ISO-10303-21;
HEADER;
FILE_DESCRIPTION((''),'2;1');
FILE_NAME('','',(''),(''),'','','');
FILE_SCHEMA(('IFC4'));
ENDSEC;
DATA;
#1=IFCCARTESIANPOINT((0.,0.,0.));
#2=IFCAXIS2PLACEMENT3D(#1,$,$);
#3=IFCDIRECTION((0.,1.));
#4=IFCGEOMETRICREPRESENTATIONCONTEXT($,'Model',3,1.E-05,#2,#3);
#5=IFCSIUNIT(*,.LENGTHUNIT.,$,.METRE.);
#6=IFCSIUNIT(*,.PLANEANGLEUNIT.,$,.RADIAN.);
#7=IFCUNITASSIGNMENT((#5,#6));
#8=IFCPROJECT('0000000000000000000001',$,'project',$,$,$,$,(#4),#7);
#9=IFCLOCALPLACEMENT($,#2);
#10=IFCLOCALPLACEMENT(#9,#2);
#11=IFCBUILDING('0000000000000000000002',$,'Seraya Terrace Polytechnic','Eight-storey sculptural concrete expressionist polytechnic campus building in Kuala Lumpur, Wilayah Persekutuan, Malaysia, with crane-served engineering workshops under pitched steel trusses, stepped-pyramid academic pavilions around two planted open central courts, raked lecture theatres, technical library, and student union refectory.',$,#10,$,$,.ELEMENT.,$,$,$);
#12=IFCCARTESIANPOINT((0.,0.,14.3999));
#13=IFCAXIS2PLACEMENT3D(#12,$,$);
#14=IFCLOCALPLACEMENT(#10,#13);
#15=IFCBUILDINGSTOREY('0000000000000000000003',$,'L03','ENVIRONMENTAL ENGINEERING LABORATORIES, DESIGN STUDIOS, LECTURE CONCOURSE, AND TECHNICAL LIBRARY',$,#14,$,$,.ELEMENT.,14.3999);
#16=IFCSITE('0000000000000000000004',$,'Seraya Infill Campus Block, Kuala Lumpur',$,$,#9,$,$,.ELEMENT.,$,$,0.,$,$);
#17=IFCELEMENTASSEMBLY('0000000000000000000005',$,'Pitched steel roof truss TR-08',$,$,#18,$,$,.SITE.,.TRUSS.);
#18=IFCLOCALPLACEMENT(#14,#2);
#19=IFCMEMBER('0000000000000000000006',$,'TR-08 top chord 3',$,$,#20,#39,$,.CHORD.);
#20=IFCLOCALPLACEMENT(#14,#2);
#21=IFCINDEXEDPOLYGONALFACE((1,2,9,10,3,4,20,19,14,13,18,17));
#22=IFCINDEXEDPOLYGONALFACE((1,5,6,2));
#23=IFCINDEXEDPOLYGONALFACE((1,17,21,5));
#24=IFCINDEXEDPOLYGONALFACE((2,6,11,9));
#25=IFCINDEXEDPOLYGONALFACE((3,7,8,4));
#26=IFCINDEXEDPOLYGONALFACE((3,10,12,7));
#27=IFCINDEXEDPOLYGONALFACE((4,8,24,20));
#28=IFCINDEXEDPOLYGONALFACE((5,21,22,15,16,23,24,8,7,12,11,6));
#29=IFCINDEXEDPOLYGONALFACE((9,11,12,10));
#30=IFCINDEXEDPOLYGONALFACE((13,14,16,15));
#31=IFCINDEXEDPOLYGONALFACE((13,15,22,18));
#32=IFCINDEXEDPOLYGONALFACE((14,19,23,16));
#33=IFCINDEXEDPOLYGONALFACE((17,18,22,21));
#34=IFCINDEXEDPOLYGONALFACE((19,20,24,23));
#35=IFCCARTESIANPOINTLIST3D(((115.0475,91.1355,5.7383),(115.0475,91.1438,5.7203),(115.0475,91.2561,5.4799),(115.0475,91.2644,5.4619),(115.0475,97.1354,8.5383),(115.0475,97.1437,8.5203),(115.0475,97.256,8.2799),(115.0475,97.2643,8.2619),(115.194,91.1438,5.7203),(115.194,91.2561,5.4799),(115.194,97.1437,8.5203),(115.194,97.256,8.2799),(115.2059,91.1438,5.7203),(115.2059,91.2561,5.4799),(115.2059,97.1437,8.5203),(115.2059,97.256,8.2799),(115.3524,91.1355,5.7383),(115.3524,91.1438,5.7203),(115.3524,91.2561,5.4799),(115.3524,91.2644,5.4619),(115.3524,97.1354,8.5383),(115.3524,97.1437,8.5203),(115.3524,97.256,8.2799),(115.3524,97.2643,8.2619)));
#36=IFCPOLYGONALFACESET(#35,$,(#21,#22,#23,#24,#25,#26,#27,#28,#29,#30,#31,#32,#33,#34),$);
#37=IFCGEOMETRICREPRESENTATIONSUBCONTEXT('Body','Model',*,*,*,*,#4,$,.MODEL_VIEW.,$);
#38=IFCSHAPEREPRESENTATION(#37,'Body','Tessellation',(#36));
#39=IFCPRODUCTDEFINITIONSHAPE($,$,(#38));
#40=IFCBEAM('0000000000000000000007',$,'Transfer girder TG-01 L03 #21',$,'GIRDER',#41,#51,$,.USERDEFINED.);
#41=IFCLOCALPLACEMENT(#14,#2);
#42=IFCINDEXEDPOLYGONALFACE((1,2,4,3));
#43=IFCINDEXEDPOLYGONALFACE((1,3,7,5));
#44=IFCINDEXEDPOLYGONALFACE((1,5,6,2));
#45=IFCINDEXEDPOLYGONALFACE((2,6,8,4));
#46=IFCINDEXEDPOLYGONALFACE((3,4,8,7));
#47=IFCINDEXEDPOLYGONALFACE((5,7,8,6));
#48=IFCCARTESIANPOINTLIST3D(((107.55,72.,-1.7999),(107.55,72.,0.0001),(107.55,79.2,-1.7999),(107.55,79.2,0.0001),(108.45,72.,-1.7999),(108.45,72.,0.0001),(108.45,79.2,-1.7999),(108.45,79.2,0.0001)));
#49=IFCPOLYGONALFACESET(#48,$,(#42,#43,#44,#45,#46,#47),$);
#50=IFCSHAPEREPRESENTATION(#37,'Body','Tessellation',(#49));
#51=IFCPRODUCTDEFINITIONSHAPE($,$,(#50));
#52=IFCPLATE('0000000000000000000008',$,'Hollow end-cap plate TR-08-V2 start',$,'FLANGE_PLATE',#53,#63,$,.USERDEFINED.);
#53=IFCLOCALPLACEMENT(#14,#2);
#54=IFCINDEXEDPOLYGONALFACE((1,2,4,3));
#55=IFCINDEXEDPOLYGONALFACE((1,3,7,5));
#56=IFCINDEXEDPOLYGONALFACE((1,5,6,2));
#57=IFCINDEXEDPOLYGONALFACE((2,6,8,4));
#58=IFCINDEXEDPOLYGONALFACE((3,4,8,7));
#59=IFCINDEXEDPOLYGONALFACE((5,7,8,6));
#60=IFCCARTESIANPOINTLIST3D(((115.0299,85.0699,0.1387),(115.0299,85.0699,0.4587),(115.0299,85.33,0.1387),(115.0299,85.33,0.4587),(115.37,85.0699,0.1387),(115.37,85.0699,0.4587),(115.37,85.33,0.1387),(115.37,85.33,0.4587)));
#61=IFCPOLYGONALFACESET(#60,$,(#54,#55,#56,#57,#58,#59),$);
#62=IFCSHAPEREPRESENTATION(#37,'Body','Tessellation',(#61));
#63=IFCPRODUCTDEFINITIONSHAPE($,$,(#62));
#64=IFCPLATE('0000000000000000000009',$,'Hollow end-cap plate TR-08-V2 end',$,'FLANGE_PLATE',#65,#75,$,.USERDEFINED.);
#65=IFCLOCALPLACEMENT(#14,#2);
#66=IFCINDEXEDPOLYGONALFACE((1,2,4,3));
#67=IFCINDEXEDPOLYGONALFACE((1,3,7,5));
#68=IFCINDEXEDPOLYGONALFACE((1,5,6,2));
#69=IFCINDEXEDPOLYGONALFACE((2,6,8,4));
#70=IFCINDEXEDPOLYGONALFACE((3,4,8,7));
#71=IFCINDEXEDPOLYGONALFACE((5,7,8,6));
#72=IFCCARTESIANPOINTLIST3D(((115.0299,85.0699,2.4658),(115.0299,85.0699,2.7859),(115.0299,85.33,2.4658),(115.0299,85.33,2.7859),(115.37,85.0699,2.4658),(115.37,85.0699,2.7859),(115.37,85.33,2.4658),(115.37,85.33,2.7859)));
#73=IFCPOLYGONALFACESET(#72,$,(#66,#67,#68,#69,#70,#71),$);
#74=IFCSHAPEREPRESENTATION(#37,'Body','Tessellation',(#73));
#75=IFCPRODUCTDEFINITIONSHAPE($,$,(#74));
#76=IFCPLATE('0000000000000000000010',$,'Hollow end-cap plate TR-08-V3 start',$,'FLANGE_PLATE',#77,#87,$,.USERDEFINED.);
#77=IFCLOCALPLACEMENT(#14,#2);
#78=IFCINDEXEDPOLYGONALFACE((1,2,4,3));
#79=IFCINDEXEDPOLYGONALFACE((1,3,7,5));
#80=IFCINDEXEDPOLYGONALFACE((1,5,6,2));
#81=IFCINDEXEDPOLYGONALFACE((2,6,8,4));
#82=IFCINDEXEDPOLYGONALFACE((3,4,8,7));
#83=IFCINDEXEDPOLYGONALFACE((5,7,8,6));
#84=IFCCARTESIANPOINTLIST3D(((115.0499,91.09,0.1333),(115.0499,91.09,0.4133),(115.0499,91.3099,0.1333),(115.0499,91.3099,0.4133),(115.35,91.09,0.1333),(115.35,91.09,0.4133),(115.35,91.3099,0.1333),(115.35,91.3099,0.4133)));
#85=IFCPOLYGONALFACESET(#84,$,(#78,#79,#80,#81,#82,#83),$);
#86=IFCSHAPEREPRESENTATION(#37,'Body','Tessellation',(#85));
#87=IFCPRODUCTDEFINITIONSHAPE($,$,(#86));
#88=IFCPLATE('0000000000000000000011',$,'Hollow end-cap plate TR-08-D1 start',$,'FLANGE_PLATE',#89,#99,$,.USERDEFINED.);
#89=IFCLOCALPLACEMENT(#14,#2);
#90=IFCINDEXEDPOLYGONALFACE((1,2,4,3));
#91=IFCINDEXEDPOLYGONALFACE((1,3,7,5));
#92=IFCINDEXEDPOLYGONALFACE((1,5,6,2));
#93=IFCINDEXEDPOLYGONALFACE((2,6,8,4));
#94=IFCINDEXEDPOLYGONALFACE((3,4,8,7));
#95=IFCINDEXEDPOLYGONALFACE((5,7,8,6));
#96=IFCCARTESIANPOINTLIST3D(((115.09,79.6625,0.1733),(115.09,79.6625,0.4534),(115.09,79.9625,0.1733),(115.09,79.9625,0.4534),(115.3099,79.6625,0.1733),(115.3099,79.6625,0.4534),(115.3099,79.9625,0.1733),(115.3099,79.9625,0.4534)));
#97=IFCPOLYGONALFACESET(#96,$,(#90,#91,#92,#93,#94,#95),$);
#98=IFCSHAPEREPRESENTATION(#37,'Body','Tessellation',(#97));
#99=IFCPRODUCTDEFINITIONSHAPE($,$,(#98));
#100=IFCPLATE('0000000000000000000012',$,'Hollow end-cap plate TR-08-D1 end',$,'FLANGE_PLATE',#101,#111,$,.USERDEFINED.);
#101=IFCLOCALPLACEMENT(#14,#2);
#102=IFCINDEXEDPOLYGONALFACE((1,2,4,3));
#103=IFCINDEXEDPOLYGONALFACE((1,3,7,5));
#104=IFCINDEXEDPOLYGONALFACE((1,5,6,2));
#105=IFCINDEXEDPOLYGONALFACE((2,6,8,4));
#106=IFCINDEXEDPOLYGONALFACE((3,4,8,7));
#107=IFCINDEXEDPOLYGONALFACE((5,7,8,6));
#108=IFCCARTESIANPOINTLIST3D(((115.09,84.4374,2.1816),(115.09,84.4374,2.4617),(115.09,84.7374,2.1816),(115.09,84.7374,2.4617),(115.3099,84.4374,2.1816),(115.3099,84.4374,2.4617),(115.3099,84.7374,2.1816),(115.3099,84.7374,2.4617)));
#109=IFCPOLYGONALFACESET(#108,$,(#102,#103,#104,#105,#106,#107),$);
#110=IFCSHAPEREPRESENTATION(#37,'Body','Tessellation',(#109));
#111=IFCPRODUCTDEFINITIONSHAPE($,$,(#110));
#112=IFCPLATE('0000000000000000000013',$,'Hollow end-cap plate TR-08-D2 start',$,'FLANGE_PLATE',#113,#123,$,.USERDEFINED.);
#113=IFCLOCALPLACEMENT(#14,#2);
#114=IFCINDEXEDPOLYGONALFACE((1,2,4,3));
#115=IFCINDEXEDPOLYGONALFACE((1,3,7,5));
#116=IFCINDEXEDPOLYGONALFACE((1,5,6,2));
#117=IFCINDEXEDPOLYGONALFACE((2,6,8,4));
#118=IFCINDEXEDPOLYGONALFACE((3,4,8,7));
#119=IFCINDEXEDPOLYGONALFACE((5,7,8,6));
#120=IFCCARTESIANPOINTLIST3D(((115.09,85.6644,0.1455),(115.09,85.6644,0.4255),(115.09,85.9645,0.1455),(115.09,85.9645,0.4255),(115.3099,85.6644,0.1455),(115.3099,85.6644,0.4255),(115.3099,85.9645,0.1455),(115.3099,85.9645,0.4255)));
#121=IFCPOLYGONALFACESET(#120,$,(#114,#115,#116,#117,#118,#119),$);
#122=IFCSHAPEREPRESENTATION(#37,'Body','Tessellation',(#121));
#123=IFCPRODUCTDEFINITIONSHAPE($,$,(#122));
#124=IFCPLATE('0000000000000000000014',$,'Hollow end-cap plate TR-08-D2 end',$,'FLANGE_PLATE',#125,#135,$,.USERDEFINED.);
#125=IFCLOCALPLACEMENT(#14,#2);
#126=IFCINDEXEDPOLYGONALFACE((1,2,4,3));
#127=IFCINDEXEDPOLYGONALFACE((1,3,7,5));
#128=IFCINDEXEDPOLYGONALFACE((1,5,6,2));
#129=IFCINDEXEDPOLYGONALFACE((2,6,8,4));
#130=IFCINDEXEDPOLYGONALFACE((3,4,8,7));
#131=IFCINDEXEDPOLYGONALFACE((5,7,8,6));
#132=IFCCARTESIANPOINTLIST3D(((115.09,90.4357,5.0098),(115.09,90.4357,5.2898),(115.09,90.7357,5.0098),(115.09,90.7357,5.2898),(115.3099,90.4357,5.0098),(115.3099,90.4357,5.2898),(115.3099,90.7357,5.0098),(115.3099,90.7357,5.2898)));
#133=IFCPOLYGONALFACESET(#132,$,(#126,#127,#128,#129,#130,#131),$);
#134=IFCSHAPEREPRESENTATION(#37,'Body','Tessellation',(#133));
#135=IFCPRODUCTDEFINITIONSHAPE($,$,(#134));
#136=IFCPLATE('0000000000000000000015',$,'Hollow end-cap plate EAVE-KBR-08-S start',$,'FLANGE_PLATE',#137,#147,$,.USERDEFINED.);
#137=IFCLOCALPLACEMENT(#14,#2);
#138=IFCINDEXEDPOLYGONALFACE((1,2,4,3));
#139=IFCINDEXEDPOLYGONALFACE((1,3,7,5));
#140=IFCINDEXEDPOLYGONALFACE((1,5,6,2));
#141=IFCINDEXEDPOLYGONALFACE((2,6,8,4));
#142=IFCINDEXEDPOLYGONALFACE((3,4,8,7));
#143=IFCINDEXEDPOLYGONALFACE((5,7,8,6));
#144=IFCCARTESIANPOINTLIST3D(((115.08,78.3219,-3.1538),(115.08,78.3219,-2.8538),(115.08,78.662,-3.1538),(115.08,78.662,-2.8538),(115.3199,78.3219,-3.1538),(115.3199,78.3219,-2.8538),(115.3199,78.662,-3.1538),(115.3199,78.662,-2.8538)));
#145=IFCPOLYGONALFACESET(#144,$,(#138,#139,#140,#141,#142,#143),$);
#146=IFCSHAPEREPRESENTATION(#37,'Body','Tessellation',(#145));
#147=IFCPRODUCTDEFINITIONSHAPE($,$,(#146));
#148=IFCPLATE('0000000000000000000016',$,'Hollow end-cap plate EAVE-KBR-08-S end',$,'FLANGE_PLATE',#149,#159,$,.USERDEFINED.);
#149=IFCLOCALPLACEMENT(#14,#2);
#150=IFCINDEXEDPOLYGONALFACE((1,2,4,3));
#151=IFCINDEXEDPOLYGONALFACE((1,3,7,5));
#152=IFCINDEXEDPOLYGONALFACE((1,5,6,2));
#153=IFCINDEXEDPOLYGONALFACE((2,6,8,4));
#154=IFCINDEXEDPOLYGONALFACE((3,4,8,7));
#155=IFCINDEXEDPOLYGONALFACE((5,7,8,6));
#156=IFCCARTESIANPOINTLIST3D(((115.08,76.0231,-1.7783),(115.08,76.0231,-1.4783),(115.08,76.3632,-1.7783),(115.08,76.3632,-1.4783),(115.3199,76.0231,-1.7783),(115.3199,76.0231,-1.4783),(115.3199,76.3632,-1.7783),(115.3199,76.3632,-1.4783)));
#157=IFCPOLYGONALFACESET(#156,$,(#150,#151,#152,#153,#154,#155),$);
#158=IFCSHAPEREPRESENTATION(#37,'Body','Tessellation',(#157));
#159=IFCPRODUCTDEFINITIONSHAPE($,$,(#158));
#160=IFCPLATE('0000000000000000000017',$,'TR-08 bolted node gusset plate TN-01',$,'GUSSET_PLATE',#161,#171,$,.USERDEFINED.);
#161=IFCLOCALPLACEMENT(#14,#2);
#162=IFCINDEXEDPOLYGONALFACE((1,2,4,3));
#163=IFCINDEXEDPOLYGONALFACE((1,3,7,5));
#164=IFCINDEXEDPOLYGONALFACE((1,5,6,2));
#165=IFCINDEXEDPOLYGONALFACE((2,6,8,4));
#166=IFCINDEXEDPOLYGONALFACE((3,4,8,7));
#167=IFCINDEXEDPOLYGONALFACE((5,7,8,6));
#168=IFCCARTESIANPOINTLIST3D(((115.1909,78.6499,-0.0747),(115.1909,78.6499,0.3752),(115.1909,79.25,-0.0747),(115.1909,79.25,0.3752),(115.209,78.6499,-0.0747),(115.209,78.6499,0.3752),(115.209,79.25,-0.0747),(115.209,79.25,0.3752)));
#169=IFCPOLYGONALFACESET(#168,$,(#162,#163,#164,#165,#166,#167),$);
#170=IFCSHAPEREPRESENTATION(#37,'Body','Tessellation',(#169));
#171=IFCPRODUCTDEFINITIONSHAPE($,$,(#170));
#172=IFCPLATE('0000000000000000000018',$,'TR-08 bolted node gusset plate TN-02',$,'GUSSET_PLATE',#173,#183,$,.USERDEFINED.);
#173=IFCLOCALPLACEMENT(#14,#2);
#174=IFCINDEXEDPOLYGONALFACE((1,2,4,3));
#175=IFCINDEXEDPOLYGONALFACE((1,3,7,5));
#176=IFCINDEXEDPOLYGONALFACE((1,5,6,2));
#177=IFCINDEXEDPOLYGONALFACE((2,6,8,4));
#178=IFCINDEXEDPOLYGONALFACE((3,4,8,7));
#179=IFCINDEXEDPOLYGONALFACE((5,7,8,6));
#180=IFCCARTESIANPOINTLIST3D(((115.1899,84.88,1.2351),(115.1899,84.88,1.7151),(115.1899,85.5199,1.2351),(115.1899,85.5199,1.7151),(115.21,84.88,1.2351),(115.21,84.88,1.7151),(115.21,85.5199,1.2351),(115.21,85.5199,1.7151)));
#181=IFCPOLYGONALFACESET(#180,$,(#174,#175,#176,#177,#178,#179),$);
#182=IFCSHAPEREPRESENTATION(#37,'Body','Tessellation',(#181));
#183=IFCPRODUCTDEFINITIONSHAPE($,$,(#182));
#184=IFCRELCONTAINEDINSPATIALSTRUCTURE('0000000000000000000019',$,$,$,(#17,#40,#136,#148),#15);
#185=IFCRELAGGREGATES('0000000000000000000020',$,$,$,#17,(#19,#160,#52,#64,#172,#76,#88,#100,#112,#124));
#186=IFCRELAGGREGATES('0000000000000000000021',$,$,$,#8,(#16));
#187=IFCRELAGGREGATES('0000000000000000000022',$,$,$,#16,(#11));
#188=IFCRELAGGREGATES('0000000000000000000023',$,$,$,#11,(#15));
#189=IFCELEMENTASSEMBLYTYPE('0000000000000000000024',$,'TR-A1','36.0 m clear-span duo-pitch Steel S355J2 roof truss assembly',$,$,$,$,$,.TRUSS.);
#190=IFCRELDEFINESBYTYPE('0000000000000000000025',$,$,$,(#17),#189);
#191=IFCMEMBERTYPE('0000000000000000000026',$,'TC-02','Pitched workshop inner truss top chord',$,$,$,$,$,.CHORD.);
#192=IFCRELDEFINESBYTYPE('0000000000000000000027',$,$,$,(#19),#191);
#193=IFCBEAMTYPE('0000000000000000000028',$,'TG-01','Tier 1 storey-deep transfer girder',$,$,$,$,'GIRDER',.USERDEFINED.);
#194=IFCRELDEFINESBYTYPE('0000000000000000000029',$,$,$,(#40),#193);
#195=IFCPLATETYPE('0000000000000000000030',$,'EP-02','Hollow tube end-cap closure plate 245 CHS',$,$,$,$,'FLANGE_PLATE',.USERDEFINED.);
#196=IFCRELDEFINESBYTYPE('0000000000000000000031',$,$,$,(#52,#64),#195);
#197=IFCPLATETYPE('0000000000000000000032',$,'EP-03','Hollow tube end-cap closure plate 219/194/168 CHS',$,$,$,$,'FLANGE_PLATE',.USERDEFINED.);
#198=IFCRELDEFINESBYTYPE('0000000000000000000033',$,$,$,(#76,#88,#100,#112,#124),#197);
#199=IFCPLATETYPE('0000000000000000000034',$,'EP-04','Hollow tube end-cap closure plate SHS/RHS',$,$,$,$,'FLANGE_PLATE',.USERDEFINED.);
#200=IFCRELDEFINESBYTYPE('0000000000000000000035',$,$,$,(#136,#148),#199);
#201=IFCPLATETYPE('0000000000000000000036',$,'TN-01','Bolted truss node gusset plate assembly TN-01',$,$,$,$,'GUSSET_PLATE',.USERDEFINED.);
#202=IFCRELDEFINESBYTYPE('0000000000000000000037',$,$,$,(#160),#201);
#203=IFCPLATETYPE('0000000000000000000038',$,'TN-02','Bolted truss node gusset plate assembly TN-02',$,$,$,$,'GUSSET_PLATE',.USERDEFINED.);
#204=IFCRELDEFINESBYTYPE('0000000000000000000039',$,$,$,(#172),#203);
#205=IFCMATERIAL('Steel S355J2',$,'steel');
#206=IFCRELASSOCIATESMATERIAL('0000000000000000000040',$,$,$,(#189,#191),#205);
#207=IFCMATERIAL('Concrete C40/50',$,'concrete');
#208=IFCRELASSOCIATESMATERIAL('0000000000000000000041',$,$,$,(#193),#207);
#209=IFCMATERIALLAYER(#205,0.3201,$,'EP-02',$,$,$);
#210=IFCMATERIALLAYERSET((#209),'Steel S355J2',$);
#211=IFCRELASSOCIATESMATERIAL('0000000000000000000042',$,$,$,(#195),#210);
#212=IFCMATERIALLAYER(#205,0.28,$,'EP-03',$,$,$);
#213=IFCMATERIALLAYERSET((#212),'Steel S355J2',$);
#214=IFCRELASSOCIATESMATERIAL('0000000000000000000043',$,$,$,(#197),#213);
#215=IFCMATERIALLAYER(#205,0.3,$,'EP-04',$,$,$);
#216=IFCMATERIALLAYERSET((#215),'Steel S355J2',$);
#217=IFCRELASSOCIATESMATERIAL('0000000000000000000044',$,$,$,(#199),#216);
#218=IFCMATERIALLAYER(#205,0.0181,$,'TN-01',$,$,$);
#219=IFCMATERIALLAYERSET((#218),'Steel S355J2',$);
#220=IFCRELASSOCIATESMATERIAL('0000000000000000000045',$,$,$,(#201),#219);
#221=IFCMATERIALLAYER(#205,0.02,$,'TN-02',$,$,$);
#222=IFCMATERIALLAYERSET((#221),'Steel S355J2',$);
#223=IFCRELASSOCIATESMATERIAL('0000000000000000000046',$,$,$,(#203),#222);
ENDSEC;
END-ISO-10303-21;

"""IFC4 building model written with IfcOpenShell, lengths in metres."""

from ifc_helpers import new_model, si_unit, direction, frame, origin, origin_2d, place, context, subcontext, project, spatial, rectangle, i_section, extrude, material, layer, layer_set, material_profile, profile_set, type_object, element, aggregate, save


model = new_model("IFC4")

# Units and contexts
model_context = context("Model", 3, precision=1e-05, world=origin(), true_north=direction((0.0, 1.0)))
body_context = subcontext(model_context, "Body", "Model", "MODEL_VIEW")
ifc_project = project(units=[si_unit("LENGTHUNIT", "METRE"), si_unit("PLANEANGLEUNIT", "RADIAN")], contexts=[model_context])

# Site, building, storey
site_placement = place(None, origin())
site = spatial("IfcSite", under=ifc_project, at=site_placement, Name="Seraya Infill Campus Block, Kuala Lumpur", CompositionType="ELEMENT", RefElevation=0.0)
building_placement = place(site_placement, origin())
building = spatial("IfcBuilding", under=site, at=building_placement, Name="Seraya Terrace Polytechnic", Description="Eight-storey sculptural concrete expressionist polytechnic campus building in Kuala Lumpur, Wilayah Persekutuan, Malaysia, with crane-served engineering workshops under pitched steel trusses, stepped-pyramid academic pavilions around two planted open central courts, raked lecture theatres, technical library, and student union refectory.", CompositionType="ELEMENT")
storey_placement = place(building_placement, frame((0.0, 0.0, 14.3999)))
storey = spatial("IfcBuildingStorey", under=building, at=storey_placement, Name="L03", Description="ENVIRONMENTAL ENGINEERING LABORATORIES, DESIGN STUDIOS, LECTURE CONCOURSE, AND TECHNICAL LIBRARY", CompositionType="ELEMENT", Elevation=14.3999)

# Shared definitions
ifc_material_1 = material(Name="Concrete C40/50", Category="concrete")

# Element assembly
ifc_material_2 = material(Name="Steel S355J2", Category="steel")
element_assembly_type = type_object("IfcElementAssemblyType", Name="TR-A1", Description="36.0 m clear-span duo-pitch Steel S355J2 roof truss assembly", PredefinedType="TRUSS", material=ifc_material_2)
assembly_placement = place(storey_placement, origin())
assembly = element("IfcElementAssembly", 1, at=assembly_placement, inside=storey, type_object=element_assembly_type, Name="Pitched steel roof truss TR-08", AssemblyPlace="SITE", PredefinedType="TRUSS")

# Member
ifc_material_profile_1 = material_profile(ifc_material_2, i_section(OverallWidth=0.3049, OverallDepth=0.3049, WebThickness=0.012, FlangeThickness=0.0198, at=origin_2d()), Name="UKC 305x305x12.0x19.7")
ifc_profile_set_1 = profile_set([ifc_material_profile_1], Name="Steel S355J2")
member_type_1 = type_object("IfcMemberType", Name="TC-02", Description="Pitched workshop inner truss top chord", PredefinedType="CHORD", material=ifc_profile_set_1)
member_1_placement = place(storey_placement, frame((115.2, 91.2, 5.6001), z_axis=(0.0, 0.90618, 0.422892), x_axis=(-1.0, 0.0, 0.0)))
member_1 = element("IfcMember", 2, at=member_1_placement, type_object=member_type_1, Name="TR-08 top chord 3", PredefinedType="CHORD", context=body_context, shape_type="SweptSolid", body=[
    extrude(i_section(OverallWidth=0.3049, OverallDepth=0.3049, WebThickness=0.012, FlangeThickness=0.0198, at=origin_2d()), origin(), (0.0, 0.0, 1.0), 6.6211),
])

# Beam
ifc_material_profile_2 = material_profile(ifc_material_1, rectangle(XDim=0.8999, YDim=1.8, at=origin_2d()), Name="RC 900x1800")
ifc_profile_set_2 = profile_set([ifc_material_profile_2], Name="Concrete C40/50")
beam_type_1 = type_object("IfcBeamType", Name="TG-01", Description="Tier 1 storey-deep transfer girder", ElementType="GIRDER", PredefinedType="USERDEFINED", material=ifc_profile_set_2)
beam_1_placement = place(storey_placement, frame((108.0, 72.0, -0.8999), z_axis=(0.0, 1.0, 0.0), x_axis=(-1.0, 0.0, 0.0)))
element("IfcBeam", 3, at=beam_1_placement, inside=storey, type_object=beam_type_1, Name="Transfer girder TG-01 L03 #21", ObjectType="GIRDER", PredefinedType="USERDEFINED", context=body_context, shape_type="SweptSolid", body=[
    extrude(rectangle(XDim=0.8999, YDim=1.8, at=origin_2d()), origin(), (0.0, 0.0, 1.0), 7.2),
])

# Plates
ifc_layer_1 = layer(ifc_material_2, 0.3201, Name="EP-02")
ifc_layer_set_1 = layer_set([ifc_layer_1], Name="Steel S355J2")
plate_type_1 = type_object("IfcPlateType", Name="EP-02", Description="Hollow tube end-cap closure plate 245 CHS", ElementType="FLANGE_PLATE", PredefinedType="USERDEFINED", material=ifc_layer_set_1)
plate_1_placement = place(storey_placement, frame((115.2, 85.2, 0.1387), z_axis=(0.0, 0.0, 1.0), x_axis=(1.0, 0.0, 0.0)))
plate_1 = element("IfcPlate", 4, at=plate_1_placement, type_object=plate_type_1, Name="Hollow end-cap plate TR-08-V2 start", ObjectType="FLANGE_PLATE", PredefinedType="USERDEFINED", context=body_context, shape_type="SweptSolid", body=[
    extrude(rectangle(XDim=0.3401, YDim=0.26, at=origin_2d()), origin(), (0.0, 0.0, 1.0), 0.3201),
])
plate_2_placement = place(storey_placement, frame((115.2, 85.2, 2.4658), z_axis=(0.0, 0.0, 1.0), x_axis=(1.0, 0.0, 0.0)))
plate_2 = element("IfcPlate", 5, at=plate_2_placement, type_object=plate_type_1, Name="Hollow end-cap plate TR-08-V2 end", ObjectType="FLANGE_PLATE", PredefinedType="USERDEFINED", context=body_context, shape_type="SweptSolid", body=[
    extrude(rectangle(XDim=0.3401, YDim=0.26, at=origin_2d()), origin(), (0.0, 0.0, 1.0), 0.3201),
])
ifc_layer_2 = layer(ifc_material_2, 0.28, Name="EP-03")
ifc_layer_set_2 = layer_set([ifc_layer_2], Name="Steel S355J2")
plate_type_2 = type_object("IfcPlateType", Name="EP-03", Description="Hollow tube end-cap closure plate 219/194/168 CHS", ElementType="FLANGE_PLATE", PredefinedType="USERDEFINED", material=ifc_layer_set_2)
plate_3_placement = place(storey_placement, frame((115.2, 91.2, 0.1333), z_axis=(0.0, 0.0, 1.0), x_axis=(1.0, 0.0, 0.0)))
plate_3 = element("IfcPlate", 6, at=plate_3_placement, type_object=plate_type_2, Name="Hollow end-cap plate TR-08-V3 start", ObjectType="FLANGE_PLATE", PredefinedType="USERDEFINED", context=body_context, shape_type="SweptSolid", body=[
    extrude(rectangle(XDim=0.3, YDim=0.22, at=origin_2d()), origin(), (0.0, 0.0, 1.0), 0.28),
])
plate_4_placement = place(storey_placement, frame((115.2, 79.8125, 0.1733), z_axis=(0.0, 0.0, 1.0), x_axis=(0.0, 1.0, 0.0)))
plate_4 = element("IfcPlate", 7, at=plate_4_placement, type_object=plate_type_2, Name="Hollow end-cap plate TR-08-D1 start", ObjectType="FLANGE_PLATE", PredefinedType="USERDEFINED", context=body_context, shape_type="SweptSolid", body=[
    extrude(rectangle(XDim=0.3, YDim=0.22, at=origin_2d()), origin(), (0.0, 0.0, 1.0), 0.28),
])
plate_5_placement = place(storey_placement, frame((115.2, 84.5874, 2.1816), z_axis=(0.0, 0.0, 1.0), x_axis=(0.0, 1.0, 0.0)))
plate_5 = element("IfcPlate", 8, at=plate_5_placement, type_object=plate_type_2, Name="Hollow end-cap plate TR-08-D1 end", ObjectType="FLANGE_PLATE", PredefinedType="USERDEFINED", context=body_context, shape_type="SweptSolid", body=[
    extrude(rectangle(XDim=0.3, YDim=0.22, at=origin_2d()), origin(), (0.0, 0.0, 1.0), 0.28),
])
plate_6_placement = place(storey_placement, frame((115.2, 85.8145, 0.1455), z_axis=(0.0, 0.0, 1.0), x_axis=(0.0, 1.0, 0.0)))
plate_6 = element("IfcPlate", 9, at=plate_6_placement, type_object=plate_type_2, Name="Hollow end-cap plate TR-08-D2 start", ObjectType="FLANGE_PLATE", PredefinedType="USERDEFINED", context=body_context, shape_type="SweptSolid", body=[
    extrude(rectangle(XDim=0.3, YDim=0.22, at=origin_2d()), origin(), (0.0, 0.0, 1.0), 0.28),
])
plate_7_placement = place(storey_placement, frame((115.2, 90.5857, 5.0098), z_axis=(0.0, 0.0, 1.0), x_axis=(0.0, 1.0, 0.0)))
plate_7 = element("IfcPlate", 10, at=plate_7_placement, type_object=plate_type_2, Name="Hollow end-cap plate TR-08-D2 end", ObjectType="FLANGE_PLATE", PredefinedType="USERDEFINED", context=body_context, shape_type="SweptSolid", body=[
    extrude(rectangle(XDim=0.3, YDim=0.22, at=origin_2d()), origin(), (0.0, 0.0, 1.0), 0.28),
])

# Plates
ifc_layer_3 = layer(ifc_material_2, 0.3, Name="EP-04")
ifc_layer_set_3 = layer_set([ifc_layer_3], Name="Steel S355J2")
plate_type_3 = type_object("IfcPlateType", Name="EP-04", Description="Hollow tube end-cap closure plate SHS/RHS", ElementType="FLANGE_PLATE", PredefinedType="USERDEFINED", material=ifc_layer_set_3)
for number, where, z_axis, x_axis, name in (
    (11, (115.2, 78.4919, -3.1538), (0.0, 0.0, 1.0), (0.0, 1.0, 0.0), "Hollow end-cap plate EAVE-KBR-08-S start"),
    (12, (115.2, 76.1931, -1.7783), (0.0, 0.0, 1.0), (0.0, 1.0, 0.0), "Hollow end-cap plate EAVE-KBR-08-S end"),
):
    element("IfcPlate", number, at=place(storey_placement, frame(where, z_axis=z_axis, x_axis=x_axis)), inside=storey, type_object=plate_type_3, Name=name, ObjectType="FLANGE_PLATE", PredefinedType="USERDEFINED", context=body_context, shape_type="SweptSolid", body=[
        extrude(rectangle(XDim=0.3401, YDim=0.24, at=origin_2d()), origin(), (0.0, 0.0, 1.0), 0.3),
    ])

# Plates
ifc_layer_4 = layer(ifc_material_2, 0.0181, Name="TN-01")
ifc_layer_set_4 = layer_set([ifc_layer_4], Name="Steel S355J2")
plate_type_4 = type_object("IfcPlateType", Name="TN-01", Description="Bolted truss node gusset plate assembly TN-01", ElementType="GUSSET_PLATE", PredefinedType="USERDEFINED", material=ifc_layer_set_4)
plate_8_placement = place(storey_placement, frame((115.2, 78.95, -0.0747), z_axis=(0.0, 0.0, 1.0), x_axis=(0.0, 1.0, 0.0)))
plate_8 = element("IfcPlate", 13, at=plate_8_placement, type_object=plate_type_4, Name="TR-08 bolted node gusset plate TN-01", ObjectType="GUSSET_PLATE", PredefinedType="USERDEFINED", context=body_context, shape_type="SweptSolid", body=[
    extrude(rectangle(XDim=0.6001, YDim=0.0181, at=origin_2d()), origin(), (0.0, 0.0, 1.0), 0.45),
])
ifc_layer_5 = layer(ifc_material_2, 0.02, Name="TN-02")
ifc_layer_set_5 = layer_set([ifc_layer_5], Name="Steel S355J2")
plate_type_5 = type_object("IfcPlateType", Name="TN-02", Description="Bolted truss node gusset plate assembly TN-02", ElementType="GUSSET_PLATE", PredefinedType="USERDEFINED", material=ifc_layer_set_5)
plate_9_placement = place(storey_placement, frame((115.2, 85.2, 1.2351), z_axis=(0.0, 0.0, 1.0), x_axis=(0.0, 1.0, 0.0)))
plate_9 = element("IfcPlate", 14, at=plate_9_placement, type_object=plate_type_5, Name="TR-08 bolted node gusset plate TN-02", ObjectType="GUSSET_PLATE", PredefinedType="USERDEFINED", context=body_context, shape_type="SweptSolid", body=[
    extrude(rectangle(XDim=0.6399, YDim=0.02, at=origin_2d()), origin(), (0.0, 0.0, 1.0), 0.48),
])
aggregate(assembly, [member_1, plate_8, plate_1, plate_2, plate_9, plate_3, plate_4, plate_5, plate_6, plate_7])

save(model, "model.ifc")
